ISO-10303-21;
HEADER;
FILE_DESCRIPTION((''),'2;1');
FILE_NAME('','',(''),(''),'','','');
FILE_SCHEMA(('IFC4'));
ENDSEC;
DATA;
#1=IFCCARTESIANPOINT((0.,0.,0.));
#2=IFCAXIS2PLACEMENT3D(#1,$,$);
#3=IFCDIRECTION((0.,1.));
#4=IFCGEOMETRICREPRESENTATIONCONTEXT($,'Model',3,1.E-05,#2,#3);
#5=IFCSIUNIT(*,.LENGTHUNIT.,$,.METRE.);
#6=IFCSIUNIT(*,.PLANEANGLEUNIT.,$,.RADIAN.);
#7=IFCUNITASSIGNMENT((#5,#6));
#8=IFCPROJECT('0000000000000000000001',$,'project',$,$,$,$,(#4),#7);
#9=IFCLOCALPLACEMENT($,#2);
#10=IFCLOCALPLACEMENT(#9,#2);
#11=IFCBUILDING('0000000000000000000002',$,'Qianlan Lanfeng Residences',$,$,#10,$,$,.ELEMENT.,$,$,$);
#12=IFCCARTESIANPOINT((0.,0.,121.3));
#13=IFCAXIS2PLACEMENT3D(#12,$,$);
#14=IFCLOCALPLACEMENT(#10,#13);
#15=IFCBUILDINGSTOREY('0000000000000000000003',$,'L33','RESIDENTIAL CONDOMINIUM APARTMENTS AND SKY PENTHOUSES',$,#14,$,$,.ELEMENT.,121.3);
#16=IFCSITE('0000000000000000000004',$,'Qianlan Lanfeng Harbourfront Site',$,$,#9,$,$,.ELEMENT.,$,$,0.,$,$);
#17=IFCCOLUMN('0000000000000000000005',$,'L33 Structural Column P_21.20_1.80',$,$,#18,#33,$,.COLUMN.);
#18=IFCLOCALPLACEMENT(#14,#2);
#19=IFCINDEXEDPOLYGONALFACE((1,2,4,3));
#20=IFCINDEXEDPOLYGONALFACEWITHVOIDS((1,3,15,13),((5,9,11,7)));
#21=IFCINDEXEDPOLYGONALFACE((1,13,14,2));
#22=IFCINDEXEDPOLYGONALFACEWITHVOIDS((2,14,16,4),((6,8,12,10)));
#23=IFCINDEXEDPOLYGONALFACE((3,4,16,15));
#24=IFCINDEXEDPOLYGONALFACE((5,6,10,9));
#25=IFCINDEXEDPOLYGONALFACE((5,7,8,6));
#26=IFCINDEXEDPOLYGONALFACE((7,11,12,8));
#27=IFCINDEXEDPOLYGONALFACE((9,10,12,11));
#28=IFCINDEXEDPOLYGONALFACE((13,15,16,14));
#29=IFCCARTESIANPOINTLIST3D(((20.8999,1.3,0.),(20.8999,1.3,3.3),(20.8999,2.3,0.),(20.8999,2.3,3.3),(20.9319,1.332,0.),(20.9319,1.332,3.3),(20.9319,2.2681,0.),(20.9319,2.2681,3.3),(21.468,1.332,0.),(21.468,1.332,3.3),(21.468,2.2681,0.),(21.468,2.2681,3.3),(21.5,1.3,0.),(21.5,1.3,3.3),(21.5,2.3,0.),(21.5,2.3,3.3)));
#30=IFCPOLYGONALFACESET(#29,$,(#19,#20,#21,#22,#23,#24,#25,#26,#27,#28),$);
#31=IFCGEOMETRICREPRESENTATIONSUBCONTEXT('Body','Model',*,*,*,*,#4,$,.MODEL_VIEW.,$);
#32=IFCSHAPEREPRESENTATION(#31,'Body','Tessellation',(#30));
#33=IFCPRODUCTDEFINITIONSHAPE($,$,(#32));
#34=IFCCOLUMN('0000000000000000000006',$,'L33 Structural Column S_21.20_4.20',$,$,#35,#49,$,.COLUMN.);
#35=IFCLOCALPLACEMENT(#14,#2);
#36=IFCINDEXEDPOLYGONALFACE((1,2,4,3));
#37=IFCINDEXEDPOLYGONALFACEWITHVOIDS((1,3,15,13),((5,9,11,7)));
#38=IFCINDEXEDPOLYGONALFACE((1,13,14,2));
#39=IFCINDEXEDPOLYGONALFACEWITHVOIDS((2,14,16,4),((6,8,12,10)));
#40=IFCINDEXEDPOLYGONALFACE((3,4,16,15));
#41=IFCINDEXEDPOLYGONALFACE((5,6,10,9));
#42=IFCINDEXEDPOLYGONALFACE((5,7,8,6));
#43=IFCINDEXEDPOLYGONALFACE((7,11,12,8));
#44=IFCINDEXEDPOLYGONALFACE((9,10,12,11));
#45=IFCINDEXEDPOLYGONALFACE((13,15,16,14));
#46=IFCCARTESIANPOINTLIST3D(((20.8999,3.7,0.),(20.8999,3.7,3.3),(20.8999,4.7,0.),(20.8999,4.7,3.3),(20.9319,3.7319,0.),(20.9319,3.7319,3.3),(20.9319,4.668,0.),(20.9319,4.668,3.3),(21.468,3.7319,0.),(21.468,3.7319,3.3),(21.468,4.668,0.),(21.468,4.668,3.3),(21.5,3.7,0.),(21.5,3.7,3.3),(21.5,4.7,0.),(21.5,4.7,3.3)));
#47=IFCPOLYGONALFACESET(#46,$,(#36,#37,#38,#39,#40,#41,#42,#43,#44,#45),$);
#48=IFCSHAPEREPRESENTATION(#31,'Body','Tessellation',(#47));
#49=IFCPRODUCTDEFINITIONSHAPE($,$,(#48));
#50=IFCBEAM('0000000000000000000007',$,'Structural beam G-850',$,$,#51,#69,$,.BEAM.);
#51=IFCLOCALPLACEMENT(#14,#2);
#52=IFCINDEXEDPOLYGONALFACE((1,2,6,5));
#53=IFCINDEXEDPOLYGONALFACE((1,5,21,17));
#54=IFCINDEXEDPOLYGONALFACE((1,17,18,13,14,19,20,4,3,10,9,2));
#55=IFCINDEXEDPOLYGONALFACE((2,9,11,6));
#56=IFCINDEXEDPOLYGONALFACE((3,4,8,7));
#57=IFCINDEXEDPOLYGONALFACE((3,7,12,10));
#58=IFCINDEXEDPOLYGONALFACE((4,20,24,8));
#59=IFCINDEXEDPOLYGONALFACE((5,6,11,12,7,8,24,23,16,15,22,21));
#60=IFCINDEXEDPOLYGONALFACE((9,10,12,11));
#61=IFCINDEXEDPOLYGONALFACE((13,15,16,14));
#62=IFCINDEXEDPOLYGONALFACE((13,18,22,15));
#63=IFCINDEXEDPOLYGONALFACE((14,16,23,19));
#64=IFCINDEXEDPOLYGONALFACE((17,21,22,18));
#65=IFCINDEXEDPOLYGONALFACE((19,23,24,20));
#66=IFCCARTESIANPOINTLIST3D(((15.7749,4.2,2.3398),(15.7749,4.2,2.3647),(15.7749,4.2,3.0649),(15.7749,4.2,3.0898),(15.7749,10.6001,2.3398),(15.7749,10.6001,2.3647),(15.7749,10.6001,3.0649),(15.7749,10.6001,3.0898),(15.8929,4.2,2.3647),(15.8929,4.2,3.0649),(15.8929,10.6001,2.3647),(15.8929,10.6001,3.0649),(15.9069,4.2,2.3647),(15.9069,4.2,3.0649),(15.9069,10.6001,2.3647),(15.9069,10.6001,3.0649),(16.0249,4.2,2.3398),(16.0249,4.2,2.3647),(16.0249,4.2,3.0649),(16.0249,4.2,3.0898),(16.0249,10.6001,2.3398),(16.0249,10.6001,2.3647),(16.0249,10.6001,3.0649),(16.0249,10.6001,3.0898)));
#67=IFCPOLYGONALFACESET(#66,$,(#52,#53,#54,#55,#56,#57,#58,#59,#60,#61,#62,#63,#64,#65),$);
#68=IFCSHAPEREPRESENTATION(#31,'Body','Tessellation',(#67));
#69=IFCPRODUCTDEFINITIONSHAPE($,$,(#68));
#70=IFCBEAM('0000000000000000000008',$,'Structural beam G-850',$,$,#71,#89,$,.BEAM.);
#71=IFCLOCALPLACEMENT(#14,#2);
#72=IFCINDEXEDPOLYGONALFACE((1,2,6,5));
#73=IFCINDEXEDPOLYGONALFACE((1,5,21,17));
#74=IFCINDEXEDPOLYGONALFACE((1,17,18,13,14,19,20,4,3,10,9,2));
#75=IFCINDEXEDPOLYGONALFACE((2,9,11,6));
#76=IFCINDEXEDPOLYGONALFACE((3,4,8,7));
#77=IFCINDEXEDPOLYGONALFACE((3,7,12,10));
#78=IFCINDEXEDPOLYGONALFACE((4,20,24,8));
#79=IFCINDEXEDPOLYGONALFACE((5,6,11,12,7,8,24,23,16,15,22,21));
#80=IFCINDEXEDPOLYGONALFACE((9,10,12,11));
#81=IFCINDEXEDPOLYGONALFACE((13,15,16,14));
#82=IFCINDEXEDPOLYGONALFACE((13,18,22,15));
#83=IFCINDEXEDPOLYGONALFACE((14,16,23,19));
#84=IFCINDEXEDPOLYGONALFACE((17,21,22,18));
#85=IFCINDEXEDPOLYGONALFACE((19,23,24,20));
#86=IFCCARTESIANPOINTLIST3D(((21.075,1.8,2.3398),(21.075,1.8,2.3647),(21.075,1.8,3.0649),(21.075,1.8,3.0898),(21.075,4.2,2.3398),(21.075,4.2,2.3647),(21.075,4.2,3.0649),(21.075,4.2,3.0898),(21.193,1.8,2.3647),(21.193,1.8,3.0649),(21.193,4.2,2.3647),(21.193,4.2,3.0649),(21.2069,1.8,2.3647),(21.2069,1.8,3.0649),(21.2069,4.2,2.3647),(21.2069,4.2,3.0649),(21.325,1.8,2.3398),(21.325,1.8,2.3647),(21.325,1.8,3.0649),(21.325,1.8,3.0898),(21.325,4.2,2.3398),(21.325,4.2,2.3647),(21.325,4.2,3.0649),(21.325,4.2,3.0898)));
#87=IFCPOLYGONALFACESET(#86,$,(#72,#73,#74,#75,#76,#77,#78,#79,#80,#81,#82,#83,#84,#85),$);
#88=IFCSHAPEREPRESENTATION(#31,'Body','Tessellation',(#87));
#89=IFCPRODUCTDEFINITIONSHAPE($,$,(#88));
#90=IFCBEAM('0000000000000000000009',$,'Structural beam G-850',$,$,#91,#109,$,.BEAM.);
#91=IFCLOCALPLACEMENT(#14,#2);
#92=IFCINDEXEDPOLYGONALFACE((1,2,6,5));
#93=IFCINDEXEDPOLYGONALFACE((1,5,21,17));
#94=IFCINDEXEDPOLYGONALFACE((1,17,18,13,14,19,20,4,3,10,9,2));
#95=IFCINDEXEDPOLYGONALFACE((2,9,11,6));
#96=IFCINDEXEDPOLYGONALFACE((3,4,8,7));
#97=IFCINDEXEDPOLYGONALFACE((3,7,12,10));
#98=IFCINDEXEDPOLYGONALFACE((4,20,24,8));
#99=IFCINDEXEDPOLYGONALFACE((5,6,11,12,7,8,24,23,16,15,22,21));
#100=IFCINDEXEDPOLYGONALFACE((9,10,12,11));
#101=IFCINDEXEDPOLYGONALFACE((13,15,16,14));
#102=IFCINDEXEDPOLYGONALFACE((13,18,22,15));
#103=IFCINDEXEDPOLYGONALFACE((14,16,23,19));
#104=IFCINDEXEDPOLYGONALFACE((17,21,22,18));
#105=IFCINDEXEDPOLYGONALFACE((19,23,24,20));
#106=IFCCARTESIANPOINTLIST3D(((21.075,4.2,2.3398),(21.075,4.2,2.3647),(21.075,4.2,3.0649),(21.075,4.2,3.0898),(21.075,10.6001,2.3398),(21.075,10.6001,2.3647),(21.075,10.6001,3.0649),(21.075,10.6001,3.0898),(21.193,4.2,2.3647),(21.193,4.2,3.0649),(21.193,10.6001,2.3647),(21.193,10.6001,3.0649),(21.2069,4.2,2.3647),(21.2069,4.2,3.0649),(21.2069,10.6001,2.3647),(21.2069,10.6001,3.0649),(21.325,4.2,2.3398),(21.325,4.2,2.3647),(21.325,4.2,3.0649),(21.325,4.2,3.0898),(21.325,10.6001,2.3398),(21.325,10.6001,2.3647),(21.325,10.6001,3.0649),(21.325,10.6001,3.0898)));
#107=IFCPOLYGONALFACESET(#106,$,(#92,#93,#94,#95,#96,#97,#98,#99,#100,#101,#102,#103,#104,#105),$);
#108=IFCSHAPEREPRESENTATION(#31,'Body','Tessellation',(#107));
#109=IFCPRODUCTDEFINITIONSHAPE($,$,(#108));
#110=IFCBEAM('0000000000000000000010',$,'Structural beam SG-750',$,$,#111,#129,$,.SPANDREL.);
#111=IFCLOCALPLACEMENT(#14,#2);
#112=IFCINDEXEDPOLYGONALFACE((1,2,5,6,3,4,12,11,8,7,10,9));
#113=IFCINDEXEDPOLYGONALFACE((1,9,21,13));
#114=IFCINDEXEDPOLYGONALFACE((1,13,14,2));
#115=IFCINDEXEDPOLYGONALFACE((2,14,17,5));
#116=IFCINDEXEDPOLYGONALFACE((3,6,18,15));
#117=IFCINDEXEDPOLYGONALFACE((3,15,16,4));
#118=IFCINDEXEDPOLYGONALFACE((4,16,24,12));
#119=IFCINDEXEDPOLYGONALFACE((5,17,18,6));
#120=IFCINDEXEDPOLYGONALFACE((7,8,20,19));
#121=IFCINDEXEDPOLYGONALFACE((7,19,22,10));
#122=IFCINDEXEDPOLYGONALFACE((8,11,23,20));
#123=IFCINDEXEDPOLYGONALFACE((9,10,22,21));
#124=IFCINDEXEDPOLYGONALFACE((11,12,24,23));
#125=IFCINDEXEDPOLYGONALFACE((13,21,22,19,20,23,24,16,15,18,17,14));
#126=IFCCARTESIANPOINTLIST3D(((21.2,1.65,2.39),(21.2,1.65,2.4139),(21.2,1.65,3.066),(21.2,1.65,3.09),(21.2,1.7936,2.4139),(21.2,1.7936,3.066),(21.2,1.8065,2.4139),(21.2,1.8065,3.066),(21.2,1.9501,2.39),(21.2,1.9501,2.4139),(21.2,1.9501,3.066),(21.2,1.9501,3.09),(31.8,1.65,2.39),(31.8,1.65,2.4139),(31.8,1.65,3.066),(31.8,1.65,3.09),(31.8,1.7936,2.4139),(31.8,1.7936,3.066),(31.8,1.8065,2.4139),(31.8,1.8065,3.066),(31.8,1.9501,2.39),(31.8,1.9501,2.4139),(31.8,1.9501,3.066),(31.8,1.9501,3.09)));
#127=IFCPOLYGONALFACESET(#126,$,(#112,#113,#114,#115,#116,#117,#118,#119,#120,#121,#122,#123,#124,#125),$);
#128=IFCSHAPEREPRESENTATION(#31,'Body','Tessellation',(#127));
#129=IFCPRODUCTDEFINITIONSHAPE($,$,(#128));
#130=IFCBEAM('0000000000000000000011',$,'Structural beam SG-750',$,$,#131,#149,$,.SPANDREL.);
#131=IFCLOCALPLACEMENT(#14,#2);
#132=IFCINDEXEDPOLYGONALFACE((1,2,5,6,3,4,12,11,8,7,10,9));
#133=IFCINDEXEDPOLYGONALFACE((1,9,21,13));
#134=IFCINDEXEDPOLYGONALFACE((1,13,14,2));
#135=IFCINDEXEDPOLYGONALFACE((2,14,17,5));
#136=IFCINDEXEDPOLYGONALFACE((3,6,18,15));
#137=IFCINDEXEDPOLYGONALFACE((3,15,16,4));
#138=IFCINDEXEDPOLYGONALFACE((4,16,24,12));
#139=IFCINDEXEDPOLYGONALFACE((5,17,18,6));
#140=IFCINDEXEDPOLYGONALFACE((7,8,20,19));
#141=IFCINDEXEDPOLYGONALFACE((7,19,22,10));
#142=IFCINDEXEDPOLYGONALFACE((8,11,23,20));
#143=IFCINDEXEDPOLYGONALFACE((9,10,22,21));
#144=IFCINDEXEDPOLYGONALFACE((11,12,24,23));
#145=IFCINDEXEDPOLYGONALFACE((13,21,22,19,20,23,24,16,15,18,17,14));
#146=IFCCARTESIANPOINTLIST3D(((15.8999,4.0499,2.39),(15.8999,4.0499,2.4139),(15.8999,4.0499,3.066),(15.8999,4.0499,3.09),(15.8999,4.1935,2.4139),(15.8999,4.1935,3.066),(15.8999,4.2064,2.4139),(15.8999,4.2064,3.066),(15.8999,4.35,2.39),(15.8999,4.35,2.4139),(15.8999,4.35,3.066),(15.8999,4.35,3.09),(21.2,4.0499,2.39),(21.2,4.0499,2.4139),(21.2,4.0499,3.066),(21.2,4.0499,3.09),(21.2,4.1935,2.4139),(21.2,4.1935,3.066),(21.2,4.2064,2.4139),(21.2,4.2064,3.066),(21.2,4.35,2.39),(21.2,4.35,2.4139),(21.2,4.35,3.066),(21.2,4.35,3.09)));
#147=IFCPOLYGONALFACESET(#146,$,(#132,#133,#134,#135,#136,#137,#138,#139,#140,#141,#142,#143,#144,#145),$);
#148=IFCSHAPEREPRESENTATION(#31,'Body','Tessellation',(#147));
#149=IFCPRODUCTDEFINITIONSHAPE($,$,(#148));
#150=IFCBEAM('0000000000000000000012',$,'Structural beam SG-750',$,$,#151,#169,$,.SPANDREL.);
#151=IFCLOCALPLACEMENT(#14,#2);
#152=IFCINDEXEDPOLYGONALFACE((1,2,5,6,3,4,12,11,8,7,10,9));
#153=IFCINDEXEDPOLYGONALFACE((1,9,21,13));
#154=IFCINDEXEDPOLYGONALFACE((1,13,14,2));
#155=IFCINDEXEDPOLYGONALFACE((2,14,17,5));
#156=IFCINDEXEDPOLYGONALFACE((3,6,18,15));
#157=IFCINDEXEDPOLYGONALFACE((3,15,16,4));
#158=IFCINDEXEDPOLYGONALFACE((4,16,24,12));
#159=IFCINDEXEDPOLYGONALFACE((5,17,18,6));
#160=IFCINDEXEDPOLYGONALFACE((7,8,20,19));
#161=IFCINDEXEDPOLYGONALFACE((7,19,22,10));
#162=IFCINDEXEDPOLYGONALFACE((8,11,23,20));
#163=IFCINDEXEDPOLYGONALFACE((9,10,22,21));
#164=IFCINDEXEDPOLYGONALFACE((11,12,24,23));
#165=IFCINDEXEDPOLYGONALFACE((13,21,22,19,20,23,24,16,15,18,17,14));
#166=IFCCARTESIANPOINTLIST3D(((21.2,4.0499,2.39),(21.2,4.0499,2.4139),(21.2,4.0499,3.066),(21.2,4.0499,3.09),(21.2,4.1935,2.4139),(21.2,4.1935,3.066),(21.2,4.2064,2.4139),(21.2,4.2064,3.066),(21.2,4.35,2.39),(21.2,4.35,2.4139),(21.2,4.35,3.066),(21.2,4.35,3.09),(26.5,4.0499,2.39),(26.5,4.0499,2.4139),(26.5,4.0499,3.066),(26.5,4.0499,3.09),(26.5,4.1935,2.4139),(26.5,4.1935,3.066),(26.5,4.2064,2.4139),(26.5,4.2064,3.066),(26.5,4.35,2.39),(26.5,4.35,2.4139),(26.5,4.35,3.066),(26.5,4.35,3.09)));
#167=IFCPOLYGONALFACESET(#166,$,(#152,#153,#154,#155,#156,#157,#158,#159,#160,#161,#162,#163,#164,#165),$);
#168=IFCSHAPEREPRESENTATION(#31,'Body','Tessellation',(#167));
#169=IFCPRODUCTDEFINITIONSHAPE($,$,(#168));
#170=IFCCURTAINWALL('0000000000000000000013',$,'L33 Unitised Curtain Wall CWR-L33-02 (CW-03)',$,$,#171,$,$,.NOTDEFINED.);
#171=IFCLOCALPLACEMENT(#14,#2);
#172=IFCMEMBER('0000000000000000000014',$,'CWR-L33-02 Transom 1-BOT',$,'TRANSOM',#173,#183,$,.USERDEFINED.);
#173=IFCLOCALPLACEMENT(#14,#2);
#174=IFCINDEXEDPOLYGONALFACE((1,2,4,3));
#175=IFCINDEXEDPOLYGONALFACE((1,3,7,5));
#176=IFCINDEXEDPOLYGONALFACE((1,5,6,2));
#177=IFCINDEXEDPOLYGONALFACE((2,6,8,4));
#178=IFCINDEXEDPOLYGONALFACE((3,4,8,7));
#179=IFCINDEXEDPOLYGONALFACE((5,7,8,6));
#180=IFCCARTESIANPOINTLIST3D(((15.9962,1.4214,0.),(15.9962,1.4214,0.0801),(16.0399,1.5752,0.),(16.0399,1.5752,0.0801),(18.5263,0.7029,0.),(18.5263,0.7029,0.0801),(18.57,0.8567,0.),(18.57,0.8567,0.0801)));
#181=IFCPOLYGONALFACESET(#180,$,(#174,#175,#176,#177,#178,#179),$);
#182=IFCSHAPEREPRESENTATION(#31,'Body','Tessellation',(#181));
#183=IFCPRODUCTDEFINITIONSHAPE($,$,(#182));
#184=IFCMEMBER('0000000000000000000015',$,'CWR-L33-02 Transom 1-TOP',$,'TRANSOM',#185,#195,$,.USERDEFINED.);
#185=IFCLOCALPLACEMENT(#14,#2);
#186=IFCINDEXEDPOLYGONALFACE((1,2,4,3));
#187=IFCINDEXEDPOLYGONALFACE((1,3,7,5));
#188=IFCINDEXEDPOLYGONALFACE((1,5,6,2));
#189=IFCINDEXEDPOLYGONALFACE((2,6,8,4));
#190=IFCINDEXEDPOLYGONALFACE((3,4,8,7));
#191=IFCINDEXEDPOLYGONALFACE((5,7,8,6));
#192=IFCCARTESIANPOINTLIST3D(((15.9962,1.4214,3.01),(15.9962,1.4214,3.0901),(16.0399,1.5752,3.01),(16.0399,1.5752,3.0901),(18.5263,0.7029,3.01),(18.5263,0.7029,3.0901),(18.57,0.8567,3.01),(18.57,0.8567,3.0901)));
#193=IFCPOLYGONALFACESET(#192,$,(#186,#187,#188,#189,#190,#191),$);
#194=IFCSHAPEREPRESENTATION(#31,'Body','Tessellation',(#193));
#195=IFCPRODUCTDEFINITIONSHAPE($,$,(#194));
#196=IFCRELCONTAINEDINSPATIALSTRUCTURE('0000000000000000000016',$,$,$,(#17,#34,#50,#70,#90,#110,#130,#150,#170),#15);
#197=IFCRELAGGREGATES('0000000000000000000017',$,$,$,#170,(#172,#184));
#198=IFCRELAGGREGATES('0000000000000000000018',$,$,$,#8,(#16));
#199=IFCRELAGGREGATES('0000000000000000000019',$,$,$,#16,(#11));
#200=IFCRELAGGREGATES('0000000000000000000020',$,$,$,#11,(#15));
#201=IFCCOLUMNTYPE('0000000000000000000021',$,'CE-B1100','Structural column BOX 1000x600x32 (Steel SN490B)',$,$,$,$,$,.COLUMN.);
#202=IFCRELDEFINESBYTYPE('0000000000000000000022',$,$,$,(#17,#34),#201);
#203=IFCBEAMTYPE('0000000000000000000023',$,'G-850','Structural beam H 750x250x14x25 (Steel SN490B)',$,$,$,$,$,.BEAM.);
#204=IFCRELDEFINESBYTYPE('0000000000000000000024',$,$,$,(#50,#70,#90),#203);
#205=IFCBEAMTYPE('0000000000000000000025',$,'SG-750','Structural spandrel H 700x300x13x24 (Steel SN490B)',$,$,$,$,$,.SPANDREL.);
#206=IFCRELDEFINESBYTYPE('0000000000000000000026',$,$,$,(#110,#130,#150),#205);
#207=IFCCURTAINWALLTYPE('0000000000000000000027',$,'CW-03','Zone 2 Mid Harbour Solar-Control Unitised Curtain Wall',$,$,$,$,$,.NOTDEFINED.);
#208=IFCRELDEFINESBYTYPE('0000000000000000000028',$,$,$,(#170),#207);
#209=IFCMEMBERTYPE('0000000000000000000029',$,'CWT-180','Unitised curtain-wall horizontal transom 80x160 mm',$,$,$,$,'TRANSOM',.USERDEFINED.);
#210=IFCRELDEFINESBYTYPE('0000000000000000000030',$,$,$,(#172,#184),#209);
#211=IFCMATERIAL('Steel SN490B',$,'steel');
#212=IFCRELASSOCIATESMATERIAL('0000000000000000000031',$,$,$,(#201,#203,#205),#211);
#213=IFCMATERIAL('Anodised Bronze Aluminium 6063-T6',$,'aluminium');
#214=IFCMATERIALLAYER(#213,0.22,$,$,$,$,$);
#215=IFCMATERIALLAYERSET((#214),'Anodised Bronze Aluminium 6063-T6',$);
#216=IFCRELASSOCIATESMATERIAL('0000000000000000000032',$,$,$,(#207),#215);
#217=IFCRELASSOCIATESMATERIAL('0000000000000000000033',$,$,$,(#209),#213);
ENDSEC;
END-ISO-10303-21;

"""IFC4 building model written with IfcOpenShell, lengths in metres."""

from ifc_helpers import new_model, si_unit, direction, frame, origin, origin_2d, place, context, subcontext, project, spatial, rectangle, hollow_rectangle, i_section, extrude, source, transform, mapped, material, layer, layer_set, material_profile, profile_set, type_object, element, aggregate, save


model = new_model("IFC4")

# Units and contexts
model_context = context("Model", 3, precision=1e-05, world=origin(), true_north=direction((0.0, 1.0)))
body_context = subcontext(model_context, "Body", "Model", "MODEL_VIEW")
ifc_project = project(units=[si_unit("LENGTHUNIT", "METRE"), si_unit("PLANEANGLEUNIT", "RADIAN")], contexts=[model_context])

# Site, building, storey
site_placement = place(None, origin())
site = spatial("IfcSite", under=ifc_project, at=site_placement, Name="Qianlan Lanfeng Harbourfront Site", CompositionType="ELEMENT", RefElevation=0.0)
building_placement = place(site_placement, origin())
building = spatial("IfcBuilding", under=site, at=building_placement, Name="Qianlan Lanfeng Residences", CompositionType="ELEMENT")
storey_placement = place(building_placement, frame((0.0, 0.0, 121.3)))
storey = spatial("IfcBuildingStorey", under=building, at=storey_placement, Name="L33", Description="RESIDENTIAL CONDOMINIUM APARTMENTS AND SKY PENTHOUSES", CompositionType="ELEMENT", Elevation=121.3)

# Columns
ifc_material_1 = material(Name="Steel SN490B", Category="steel")
ifc_material_profile_1 = material_profile(ifc_material_1, hollow_rectangle(XDim=0.6001, YDim=1.0, WallThickness=0.032, at=origin_2d()), Name="BOX 1000x600x32")
ifc_profile_set_1 = profile_set([ifc_material_profile_1], Name="Steel SN490B")
column_type = type_object("IfcColumnType", Name="CE-B1100", Description="Structural column BOX 1000x600x32 (Steel SN490B)", PredefinedType="COLUMN", material=ifc_profile_set_1)
for number, where, z_axis, x_axis, name in (
    (1, (21.2, 1.8, 0.0), (0.0, 0.0, 1.0), (1.0, 0.0, 0.0), "L33 Structural Column P_21.20_1.80"),
    (2, (21.2, 4.2, 0.0), (0.0, 0.0, 1.0), (1.0, 0.0, 0.0), "L33 Structural Column S_21.20_4.20"),
):
    element("IfcColumn", number, at=place(storey_placement, frame(where, z_axis=z_axis, x_axis=x_axis)), inside=storey, type_object=column_type, Name=name, PredefinedType="COLUMN", context=body_context, shape_type="SweptSolid", body=[
        extrude(hollow_rectangle(XDim=0.6001, YDim=1.0, WallThickness=0.032, at=origin_2d()), origin(), (0.0, 0.0, 1.0), 3.3),
    ])

# Beams
ifc_material_profile_2 = material_profile(ifc_material_1, i_section(OverallWidth=0.25, OverallDepth=0.75, WebThickness=0.0139, FlangeThickness=0.0249, at=origin_2d()), Name="H 750x250x14x25")
ifc_profile_set_2 = profile_set([ifc_material_profile_2], Name="Steel SN490B")
beam_type_1 = type_object("IfcBeamType", Name="G-850", Description="Structural beam H 750x250x14x25 (Steel SN490B)", PredefinedType="BEAM", material=ifc_profile_set_2)
beam_1_placement = place(storey_placement, frame((15.8999, 4.2, 2.7148), z_axis=(0.0, 1.0, 0.0), x_axis=(-1.0, 0.0, 0.0)))
element("IfcBeam", 3, at=beam_1_placement, inside=storey, type_object=beam_type_1, Name="Structural beam G-850", PredefinedType="BEAM", context=body_context, shape_type="SweptSolid", body=[
    extrude(i_section(OverallWidth=0.25, OverallDepth=0.75, WebThickness=0.0139, FlangeThickness=0.0249, at=origin_2d()), origin(), (0.0, 0.0, 1.0), 6.4001),
])
beam_2_placement = place(storey_placement, frame((21.2, 1.8, 2.7148), z_axis=(0.0, 1.0, 0.0), x_axis=(-1.0, 0.0, 0.0)))
element("IfcBeam", 4, at=beam_2_placement, inside=storey, type_object=beam_type_1, Name="Structural beam G-850", PredefinedType="BEAM", context=body_context, shape_type="SweptSolid", body=[
    extrude(i_section(OverallWidth=0.25, OverallDepth=0.75, WebThickness=0.0139, FlangeThickness=0.0249, at=origin_2d()), origin(), (0.0, 0.0, 1.0), 2.3999),
])
beam_3_placement = place(storey_placement, frame((21.2, 4.2, 2.7148), z_axis=(0.0, 1.0, 0.0), x_axis=(-1.0, 0.0, 0.0)))
element("IfcBeam", 5, at=beam_3_placement, inside=storey, type_object=beam_type_1, Name="Structural beam G-850", PredefinedType="BEAM", context=body_context, shape_type="SweptSolid", body=[
    extrude(i_section(OverallWidth=0.25, OverallDepth=0.75, WebThickness=0.0139, FlangeThickness=0.0249, at=origin_2d()), origin(), (0.0, 0.0, 1.0), 6.4001),
])
ifc_material_profile_3 = material_profile(ifc_material_1, i_section(OverallWidth=0.3, OverallDepth=0.7, WebThickness=0.0129, FlangeThickness=0.0239, at=origin_2d()), Name="H 700x300x13x24")
ifc_profile_set_3 = profile_set([ifc_material_profile_3], Name="Steel SN490B")
beam_type_2 = type_object("IfcBeamType", Name="SG-750", Description="Structural spandrel H 700x300x13x24 (Steel SN490B)", PredefinedType="SPANDREL", material=ifc_profile_set_3)
beam_4_placement = place(storey_placement, frame((21.2, 1.8, 2.74), z_axis=(1.0, 0.0, 0.0), x_axis=(0.0, 1.0, 0.0)))
element("IfcBeam", 6, at=beam_4_placement, inside=storey, type_object=beam_type_2, Name="Structural beam SG-750", PredefinedType="SPANDREL", context=body_context, shape_type="SweptSolid", body=[
    extrude(i_section(OverallWidth=0.3, OverallDepth=0.7, WebThickness=0.0129, FlangeThickness=0.0239, at=origin_2d()), origin(), (0.0, 0.0, 1.0), 10.6001),
])
for number, where, z_axis, x_axis, name in (
    (7, (15.8999, 4.2, 2.74), (1.0, 0.0, 0.0), (0.0, 1.0, 0.0), "Structural beam SG-750"),
    (8, (21.2, 4.2, 2.74), (1.0, 0.0, 0.0), (0.0, 1.0, 0.0), "Structural beam SG-750"),
):
    element("IfcBeam", number, at=place(storey_placement, frame(where, z_axis=z_axis, x_axis=x_axis)), inside=storey, type_object=beam_type_2, Name=name, PredefinedType="SPANDREL", context=body_context, shape_type="SweptSolid", body=[
        extrude(i_section(OverallWidth=0.3, OverallDepth=0.7, WebThickness=0.0129, FlangeThickness=0.0239, at=origin_2d()), origin(), (0.0, 0.0, 1.0), 5.3),
    ])

# Curtain wall, members
ifc_material_2 = material(Name="Anodised Bronze Aluminium 6063-T6", Category="aluminium")
ifc_layer_1 = layer(ifc_material_2, 0.22)
ifc_layer_set_1 = layer_set([ifc_layer_1], Name="Anodised Bronze Aluminium 6063-T6")
curtain_wall_type = type_object("IfcCurtainWallType", Name="CW-03", Description="Zone 2 Mid Harbour Solar-Control Unitised Curtain Wall", PredefinedType="NOTDEFINED", material=ifc_layer_set_1)
curtain_wall_1_placement = place(storey_placement, origin())
curtain_wall_1 = element("IfcCurtainWall", 9, at=curtain_wall_1_placement, inside=storey, type_object=curtain_wall_type, Name="L33 Unitised Curtain Wall CWR-L33-02 (CW-03)", PredefinedType="NOTDEFINED")
ifc_material_profile_4 = material_profile(ifc_material_2, rectangle(XDim=0.0801, YDim=0.1599, at=origin_2d()), Name="ALU TRANSOM 80x160")
ifc_profile_set_4 = profile_set([ifc_material_profile_4], Name="Anodised Bronze Aluminium 6063-T6")
member_type_1 = type_object("IfcMemberType", Name="CWT-180", Description="Unitised curtain-wall horizontal transom 80x160 mm", ElementType="TRANSOM", PredefinedType="USERDEFINED", material=ifc_profile_set_4)
shared_shape_1 = source(origin(), body_context, "Body", "SweptSolid", [
    extrude(rectangle(XDim=0.0801, YDim=0.1599, at=origin_2d()), origin(), (0.0, 0.0, 1.0), 2.6301),
])
member_1_placement = place(storey_placement, frame((16.0181, 1.4983, 0.04), z_axis=(0.961961, -0.273188, 0.0), x_axis=(0.0, 0.0, 1.0)))
member_1 = element("IfcMember", 10, at=member_1_placement, type_object=member_type_1, Name="CWR-L33-02 Transom 1-BOT", ObjectType="TRANSOM", PredefinedType="USERDEFINED", context=body_context, shape_type="MappedRepresentation", body=[
    mapped(shared_shape_1, transform((0.0, 0.0, 0.0), scale=1.0)),
])
member_2_placement = place(storey_placement, frame((16.0181, 1.4983, 3.05), z_axis=(0.961961, -0.273188, 0.0), x_axis=(0.0, 0.0, 1.0)))
member_2 = element("IfcMember", 11, at=member_2_placement, type_object=member_type_1, Name="CWR-L33-02 Transom 1-TOP", ObjectType="TRANSOM", PredefinedType="USERDEFINED", context=body_context, shape_type="MappedRepresentation", body=[
    mapped(shared_shape_1, transform((0.0, 0.0, 0.0), scale=1.0)),
])

aggregate(curtain_wall_1, [member_1, member_2])

save(model, "model.ifc")
